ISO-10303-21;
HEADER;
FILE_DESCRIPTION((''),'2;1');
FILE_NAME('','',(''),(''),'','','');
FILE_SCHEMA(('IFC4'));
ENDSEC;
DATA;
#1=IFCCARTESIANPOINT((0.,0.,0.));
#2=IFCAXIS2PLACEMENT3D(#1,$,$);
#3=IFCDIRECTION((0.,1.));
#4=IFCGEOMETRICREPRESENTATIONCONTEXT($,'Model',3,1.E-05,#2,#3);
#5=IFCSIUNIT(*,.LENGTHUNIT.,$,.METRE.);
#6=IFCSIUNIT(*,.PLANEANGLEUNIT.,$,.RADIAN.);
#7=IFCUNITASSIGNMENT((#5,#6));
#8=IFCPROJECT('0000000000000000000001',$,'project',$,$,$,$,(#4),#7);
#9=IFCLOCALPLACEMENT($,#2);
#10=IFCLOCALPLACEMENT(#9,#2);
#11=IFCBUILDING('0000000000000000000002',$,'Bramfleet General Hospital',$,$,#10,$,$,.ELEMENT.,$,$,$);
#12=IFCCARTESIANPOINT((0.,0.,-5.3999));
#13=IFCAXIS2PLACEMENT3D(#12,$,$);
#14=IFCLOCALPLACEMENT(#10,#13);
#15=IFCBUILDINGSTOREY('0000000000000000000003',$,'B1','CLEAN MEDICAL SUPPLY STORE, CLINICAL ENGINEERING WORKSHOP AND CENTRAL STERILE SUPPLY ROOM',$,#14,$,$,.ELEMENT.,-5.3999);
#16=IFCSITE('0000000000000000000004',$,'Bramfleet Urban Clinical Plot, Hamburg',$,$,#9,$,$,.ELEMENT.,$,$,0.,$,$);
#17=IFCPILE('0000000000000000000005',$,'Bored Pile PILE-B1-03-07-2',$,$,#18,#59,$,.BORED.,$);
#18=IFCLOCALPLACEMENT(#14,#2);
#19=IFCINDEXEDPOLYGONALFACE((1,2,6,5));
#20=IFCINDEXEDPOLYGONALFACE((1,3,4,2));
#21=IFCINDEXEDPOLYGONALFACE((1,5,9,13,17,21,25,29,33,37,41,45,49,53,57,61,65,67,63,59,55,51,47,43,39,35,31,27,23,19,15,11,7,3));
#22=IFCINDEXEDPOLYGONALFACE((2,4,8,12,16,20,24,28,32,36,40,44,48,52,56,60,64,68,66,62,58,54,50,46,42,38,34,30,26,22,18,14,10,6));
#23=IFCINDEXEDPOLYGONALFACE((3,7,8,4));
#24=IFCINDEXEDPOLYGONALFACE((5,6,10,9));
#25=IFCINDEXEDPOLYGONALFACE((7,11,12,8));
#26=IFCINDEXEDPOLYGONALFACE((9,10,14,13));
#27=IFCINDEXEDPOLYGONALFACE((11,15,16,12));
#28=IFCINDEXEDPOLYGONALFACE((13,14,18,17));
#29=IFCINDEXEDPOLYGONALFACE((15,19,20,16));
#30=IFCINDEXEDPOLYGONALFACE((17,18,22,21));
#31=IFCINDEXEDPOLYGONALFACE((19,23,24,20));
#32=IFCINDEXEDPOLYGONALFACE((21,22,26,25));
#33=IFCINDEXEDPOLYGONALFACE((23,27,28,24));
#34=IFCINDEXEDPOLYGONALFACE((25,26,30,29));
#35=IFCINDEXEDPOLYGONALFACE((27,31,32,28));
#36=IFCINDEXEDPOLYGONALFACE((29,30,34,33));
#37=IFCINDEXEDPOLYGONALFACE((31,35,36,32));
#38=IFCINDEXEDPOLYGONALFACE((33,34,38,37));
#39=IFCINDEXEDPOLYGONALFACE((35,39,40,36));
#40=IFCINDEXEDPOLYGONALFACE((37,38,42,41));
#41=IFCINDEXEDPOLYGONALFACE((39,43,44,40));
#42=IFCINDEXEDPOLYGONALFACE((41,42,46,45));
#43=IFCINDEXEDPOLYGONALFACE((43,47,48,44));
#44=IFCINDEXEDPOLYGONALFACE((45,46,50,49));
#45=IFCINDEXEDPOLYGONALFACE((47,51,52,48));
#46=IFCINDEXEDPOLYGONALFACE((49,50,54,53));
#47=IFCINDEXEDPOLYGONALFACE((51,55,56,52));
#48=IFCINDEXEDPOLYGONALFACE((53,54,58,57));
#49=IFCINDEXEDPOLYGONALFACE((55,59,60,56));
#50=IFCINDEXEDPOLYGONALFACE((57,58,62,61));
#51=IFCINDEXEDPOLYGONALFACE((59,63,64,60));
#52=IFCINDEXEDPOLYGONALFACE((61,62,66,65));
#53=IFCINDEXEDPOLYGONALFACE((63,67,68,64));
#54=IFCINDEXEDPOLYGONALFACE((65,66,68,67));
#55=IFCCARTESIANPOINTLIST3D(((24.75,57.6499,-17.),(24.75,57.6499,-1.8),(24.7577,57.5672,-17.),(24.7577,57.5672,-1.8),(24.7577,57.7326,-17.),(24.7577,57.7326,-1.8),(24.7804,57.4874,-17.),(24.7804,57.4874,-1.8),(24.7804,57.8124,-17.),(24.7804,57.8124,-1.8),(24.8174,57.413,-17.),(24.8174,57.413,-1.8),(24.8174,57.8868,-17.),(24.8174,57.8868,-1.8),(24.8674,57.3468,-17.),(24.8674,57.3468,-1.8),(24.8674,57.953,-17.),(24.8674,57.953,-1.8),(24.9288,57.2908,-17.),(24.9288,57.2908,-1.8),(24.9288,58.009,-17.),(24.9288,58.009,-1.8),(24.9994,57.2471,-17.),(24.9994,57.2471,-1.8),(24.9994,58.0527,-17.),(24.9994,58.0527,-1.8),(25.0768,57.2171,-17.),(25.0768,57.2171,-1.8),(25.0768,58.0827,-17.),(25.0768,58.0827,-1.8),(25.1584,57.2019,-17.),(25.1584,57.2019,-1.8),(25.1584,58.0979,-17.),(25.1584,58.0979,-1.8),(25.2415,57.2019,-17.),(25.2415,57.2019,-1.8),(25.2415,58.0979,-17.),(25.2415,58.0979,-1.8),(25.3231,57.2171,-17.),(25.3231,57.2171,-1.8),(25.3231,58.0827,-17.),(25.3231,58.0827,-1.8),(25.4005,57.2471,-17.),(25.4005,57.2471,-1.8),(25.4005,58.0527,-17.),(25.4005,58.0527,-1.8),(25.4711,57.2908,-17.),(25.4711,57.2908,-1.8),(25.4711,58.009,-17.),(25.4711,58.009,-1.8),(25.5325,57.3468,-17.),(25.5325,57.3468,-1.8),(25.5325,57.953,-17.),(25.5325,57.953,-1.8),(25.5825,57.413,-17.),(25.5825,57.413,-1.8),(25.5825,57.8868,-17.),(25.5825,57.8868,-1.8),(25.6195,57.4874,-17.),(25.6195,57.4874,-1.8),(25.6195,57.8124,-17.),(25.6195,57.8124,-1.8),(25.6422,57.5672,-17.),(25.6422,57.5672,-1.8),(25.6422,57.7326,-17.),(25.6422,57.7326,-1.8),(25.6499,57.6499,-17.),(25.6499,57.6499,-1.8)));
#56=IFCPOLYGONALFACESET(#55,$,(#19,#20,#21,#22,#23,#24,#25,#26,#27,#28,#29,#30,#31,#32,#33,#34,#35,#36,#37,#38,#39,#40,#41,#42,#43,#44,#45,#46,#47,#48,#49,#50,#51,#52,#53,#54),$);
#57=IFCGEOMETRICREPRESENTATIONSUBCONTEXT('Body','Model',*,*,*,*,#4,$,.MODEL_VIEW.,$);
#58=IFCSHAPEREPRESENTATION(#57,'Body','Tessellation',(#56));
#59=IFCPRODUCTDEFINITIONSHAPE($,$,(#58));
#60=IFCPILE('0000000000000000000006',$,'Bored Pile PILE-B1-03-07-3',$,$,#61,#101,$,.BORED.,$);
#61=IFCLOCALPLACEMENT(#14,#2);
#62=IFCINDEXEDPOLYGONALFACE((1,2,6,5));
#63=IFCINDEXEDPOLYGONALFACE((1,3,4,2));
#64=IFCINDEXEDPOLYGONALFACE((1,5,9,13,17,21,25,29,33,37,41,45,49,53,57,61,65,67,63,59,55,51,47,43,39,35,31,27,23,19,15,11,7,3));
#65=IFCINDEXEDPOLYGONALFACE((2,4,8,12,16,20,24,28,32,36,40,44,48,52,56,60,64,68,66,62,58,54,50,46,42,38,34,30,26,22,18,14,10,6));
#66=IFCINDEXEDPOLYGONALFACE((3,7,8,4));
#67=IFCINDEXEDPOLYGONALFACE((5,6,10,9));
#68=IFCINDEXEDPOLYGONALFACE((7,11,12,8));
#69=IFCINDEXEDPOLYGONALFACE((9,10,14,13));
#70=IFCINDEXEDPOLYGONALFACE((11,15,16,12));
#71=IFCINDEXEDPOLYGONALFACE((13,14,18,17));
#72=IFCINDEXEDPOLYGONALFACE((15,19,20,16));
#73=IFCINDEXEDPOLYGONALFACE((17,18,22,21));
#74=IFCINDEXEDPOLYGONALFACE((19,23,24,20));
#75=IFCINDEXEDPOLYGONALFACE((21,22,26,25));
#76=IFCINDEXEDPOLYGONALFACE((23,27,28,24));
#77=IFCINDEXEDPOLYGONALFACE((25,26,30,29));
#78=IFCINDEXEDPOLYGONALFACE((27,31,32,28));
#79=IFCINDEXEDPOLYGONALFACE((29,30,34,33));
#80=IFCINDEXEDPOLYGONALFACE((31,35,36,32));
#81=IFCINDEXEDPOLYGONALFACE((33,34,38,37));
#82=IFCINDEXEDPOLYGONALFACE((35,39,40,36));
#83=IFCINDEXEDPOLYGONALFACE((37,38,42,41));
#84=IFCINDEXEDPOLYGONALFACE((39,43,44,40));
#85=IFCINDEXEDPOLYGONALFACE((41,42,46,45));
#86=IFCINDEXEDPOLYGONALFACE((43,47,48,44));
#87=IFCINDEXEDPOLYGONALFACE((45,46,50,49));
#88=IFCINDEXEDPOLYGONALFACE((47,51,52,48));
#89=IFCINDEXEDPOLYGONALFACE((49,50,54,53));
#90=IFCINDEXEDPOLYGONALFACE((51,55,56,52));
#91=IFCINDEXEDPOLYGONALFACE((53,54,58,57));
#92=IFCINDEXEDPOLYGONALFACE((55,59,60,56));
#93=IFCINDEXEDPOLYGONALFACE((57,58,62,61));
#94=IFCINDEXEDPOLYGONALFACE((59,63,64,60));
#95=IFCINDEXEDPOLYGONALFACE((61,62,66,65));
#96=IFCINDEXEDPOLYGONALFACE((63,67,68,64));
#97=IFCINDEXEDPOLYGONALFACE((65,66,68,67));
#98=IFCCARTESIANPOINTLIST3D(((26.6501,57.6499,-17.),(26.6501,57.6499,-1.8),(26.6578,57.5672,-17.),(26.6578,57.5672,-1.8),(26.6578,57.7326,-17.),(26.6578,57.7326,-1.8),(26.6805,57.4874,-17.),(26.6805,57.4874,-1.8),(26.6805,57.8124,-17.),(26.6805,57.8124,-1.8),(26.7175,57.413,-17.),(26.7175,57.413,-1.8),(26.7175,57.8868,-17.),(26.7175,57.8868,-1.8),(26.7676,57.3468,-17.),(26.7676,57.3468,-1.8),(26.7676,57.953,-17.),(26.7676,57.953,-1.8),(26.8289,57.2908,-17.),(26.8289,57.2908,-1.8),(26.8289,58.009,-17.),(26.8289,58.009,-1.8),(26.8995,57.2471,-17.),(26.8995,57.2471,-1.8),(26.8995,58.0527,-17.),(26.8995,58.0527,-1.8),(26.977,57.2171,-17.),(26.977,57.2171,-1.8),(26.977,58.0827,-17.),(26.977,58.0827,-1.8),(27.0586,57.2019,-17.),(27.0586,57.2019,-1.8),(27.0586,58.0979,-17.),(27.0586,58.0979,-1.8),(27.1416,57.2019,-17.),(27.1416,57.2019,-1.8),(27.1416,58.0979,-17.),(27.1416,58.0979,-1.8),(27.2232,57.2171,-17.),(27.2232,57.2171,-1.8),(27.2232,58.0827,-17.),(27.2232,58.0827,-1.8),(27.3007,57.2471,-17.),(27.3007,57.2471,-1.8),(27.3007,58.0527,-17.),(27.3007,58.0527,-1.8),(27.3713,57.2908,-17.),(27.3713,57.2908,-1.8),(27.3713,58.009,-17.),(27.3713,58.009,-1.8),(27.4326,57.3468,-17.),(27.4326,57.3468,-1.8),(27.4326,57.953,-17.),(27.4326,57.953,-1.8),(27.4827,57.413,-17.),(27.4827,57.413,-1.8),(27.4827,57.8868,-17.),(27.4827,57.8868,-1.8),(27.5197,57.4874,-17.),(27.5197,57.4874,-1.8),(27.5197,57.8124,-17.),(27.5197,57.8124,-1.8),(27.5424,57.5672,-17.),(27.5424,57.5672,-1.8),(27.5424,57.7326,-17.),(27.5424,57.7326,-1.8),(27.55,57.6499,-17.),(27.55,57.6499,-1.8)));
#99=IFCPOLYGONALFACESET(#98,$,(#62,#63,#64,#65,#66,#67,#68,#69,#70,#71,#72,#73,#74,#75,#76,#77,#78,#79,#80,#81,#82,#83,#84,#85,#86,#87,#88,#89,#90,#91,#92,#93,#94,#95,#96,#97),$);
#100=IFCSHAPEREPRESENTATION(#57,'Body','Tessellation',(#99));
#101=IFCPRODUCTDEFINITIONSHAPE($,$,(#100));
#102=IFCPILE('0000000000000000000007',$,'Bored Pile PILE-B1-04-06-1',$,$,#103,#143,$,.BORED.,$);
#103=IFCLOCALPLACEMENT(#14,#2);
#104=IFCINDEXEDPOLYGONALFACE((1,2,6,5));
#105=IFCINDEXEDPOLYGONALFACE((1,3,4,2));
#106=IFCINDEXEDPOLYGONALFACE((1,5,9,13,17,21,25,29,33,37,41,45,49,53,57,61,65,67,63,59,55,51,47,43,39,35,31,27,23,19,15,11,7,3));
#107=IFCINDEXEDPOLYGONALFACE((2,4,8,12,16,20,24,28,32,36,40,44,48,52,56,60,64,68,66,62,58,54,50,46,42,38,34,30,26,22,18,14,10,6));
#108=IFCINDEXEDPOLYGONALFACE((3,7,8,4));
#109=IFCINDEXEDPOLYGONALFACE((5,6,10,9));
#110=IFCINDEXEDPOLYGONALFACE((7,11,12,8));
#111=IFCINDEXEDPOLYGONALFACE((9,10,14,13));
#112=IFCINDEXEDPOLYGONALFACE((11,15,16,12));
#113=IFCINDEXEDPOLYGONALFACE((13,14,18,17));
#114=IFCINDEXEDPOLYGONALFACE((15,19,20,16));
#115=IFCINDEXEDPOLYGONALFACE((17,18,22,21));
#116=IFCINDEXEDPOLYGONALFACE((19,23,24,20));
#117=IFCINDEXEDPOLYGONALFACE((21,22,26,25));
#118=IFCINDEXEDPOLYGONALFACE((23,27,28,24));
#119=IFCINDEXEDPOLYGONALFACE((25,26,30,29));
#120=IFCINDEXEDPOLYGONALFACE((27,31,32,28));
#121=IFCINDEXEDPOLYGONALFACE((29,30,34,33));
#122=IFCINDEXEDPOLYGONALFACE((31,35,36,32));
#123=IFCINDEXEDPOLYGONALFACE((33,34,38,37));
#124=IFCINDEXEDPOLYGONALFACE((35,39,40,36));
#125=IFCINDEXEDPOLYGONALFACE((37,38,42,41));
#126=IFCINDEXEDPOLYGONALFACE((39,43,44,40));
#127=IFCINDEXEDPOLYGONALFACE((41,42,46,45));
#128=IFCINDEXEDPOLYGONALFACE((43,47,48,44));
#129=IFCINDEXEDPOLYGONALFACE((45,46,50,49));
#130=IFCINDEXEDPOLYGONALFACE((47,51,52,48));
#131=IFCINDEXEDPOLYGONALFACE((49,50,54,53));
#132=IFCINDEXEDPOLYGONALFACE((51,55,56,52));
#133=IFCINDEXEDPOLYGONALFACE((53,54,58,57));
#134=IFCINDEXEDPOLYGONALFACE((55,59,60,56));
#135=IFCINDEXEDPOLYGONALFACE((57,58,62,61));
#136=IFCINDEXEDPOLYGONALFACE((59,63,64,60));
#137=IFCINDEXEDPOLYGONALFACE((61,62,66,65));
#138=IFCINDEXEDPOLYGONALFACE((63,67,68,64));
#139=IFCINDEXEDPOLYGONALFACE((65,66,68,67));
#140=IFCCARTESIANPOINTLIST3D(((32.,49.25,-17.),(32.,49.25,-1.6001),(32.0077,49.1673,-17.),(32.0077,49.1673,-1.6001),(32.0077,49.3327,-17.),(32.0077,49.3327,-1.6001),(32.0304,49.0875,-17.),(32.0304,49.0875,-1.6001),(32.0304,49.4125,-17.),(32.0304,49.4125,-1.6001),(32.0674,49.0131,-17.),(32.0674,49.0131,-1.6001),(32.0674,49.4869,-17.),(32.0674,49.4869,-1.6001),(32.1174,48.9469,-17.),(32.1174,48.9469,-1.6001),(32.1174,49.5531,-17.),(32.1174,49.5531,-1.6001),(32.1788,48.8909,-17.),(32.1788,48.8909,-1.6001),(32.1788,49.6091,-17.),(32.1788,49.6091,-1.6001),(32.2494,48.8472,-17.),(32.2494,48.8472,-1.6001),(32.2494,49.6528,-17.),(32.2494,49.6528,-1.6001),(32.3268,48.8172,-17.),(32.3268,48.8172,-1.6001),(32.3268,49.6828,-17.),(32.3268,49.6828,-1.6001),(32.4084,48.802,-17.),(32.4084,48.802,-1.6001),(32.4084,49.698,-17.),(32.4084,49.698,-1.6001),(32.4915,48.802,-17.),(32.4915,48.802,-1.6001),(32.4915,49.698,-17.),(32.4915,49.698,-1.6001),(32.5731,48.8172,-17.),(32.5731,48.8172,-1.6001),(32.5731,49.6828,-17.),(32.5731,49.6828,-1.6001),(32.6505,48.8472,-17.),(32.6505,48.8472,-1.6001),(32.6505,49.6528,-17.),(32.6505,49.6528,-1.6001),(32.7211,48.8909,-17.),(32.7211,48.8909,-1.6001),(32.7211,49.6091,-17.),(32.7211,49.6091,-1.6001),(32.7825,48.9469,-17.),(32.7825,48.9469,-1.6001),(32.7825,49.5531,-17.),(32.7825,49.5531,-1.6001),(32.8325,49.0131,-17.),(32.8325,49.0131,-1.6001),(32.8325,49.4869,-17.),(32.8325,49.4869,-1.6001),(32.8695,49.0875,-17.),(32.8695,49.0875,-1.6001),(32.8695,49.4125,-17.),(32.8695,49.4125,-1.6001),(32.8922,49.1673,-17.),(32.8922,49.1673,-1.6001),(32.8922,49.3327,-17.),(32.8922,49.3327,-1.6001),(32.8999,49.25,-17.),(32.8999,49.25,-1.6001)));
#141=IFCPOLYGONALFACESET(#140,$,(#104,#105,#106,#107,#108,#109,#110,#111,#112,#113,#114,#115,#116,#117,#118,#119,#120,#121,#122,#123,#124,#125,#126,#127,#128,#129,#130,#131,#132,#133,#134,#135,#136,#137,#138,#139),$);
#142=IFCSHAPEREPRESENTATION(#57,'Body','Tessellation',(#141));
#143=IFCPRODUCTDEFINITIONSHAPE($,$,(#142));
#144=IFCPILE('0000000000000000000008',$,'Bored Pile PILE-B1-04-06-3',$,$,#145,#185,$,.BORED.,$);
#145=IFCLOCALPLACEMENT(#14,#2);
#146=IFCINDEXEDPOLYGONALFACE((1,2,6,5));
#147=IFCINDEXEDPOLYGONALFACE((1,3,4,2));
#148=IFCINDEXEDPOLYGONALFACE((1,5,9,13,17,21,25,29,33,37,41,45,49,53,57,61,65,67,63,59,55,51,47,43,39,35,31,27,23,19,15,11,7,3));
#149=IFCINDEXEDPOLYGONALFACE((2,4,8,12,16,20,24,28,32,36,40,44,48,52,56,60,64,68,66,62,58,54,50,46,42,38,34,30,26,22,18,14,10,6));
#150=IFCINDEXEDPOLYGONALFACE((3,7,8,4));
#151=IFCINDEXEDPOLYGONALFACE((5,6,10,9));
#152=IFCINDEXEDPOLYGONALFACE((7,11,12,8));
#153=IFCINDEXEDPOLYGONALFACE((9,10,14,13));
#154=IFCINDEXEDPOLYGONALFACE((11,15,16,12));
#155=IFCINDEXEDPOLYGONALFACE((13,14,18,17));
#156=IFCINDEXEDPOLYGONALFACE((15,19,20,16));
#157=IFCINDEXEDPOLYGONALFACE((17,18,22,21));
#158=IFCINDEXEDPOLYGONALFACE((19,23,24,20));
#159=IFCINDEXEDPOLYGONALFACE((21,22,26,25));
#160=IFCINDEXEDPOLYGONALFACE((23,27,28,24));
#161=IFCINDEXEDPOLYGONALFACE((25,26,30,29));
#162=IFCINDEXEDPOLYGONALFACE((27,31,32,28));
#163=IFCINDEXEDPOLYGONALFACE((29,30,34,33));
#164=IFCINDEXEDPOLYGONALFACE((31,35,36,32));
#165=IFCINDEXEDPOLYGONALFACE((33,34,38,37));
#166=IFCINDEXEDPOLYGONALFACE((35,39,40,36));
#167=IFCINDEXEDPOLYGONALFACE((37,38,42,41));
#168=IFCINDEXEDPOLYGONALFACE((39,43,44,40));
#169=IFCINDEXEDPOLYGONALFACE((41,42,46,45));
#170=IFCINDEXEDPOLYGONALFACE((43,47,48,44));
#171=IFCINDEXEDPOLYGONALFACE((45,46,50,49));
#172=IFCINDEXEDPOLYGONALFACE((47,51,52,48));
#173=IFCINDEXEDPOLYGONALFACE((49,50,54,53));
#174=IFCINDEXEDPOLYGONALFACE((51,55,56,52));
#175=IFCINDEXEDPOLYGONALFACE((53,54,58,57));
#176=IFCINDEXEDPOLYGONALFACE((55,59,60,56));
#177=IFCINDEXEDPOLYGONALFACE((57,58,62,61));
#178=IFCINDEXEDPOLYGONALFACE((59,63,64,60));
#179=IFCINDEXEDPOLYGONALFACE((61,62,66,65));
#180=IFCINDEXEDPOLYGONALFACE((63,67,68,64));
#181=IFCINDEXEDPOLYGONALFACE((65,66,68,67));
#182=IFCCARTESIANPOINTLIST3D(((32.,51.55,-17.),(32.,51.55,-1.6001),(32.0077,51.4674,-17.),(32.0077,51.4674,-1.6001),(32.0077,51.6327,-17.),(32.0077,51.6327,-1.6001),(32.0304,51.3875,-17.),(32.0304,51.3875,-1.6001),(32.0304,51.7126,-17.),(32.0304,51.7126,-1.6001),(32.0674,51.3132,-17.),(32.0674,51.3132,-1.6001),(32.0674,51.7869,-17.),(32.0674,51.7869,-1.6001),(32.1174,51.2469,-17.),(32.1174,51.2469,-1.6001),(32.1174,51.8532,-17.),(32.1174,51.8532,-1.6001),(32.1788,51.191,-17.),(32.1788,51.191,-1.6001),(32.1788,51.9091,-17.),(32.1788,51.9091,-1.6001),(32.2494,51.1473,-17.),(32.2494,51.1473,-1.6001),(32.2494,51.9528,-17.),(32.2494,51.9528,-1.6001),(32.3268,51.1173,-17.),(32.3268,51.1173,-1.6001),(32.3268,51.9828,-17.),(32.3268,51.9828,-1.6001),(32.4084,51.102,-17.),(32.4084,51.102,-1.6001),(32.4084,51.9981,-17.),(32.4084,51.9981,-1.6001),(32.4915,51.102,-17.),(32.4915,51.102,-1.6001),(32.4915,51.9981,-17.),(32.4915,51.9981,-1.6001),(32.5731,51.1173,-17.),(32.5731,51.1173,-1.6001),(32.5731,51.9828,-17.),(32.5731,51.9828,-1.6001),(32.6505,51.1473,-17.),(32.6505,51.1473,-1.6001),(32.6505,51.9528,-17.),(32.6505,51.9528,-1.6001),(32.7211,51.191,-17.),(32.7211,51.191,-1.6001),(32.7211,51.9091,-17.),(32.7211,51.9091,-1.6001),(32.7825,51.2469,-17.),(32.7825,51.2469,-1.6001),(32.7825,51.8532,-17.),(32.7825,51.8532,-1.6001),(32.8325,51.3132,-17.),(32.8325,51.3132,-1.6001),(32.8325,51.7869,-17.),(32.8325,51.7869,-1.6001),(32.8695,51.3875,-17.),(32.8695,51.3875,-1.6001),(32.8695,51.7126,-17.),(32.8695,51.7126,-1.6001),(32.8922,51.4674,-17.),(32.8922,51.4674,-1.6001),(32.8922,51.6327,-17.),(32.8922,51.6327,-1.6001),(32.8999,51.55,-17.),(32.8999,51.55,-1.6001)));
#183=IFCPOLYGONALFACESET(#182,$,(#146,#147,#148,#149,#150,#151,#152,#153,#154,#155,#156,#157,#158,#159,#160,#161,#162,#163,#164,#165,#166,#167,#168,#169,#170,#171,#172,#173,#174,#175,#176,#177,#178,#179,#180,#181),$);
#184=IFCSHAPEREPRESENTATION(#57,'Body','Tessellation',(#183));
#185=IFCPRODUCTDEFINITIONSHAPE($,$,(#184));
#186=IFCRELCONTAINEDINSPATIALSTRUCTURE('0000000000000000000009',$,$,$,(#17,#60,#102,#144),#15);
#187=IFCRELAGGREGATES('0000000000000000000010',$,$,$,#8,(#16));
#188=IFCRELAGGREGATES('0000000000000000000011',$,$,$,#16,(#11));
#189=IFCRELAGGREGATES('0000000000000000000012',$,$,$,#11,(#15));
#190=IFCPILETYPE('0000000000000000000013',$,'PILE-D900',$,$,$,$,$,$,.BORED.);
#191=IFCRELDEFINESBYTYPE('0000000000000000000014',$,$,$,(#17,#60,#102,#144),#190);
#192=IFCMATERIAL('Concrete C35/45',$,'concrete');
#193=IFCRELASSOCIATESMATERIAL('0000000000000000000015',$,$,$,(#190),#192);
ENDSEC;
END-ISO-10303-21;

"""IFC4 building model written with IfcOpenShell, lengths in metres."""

from ifc_helpers import new_model, si_unit, direction, frame, origin, origin_2d, place, context, subcontext, project, spatial, circle, extrude, material, material_profile, profile_set, type_object, element, save


model = new_model("IFC4")

# Units and contexts
model_context = context("Model", 3, precision=1e-05, world=origin(), true_north=direction((0.0, 1.0)))
body_context = subcontext(model_context, "Body", "Model", "MODEL_VIEW")
ifc_project = project(units=[si_unit("LENGTHUNIT", "METRE"), si_unit("PLANEANGLEUNIT", "RADIAN")], contexts=[model_context])

# Site, building, storey
site_placement = place(None, origin())
site = spatial("IfcSite", under=ifc_project, at=site_placement, Name="Bramfleet Urban Clinical Plot, Hamburg", CompositionType="ELEMENT", RefElevation=0.0)
building_placement = place(site_placement, origin())
building = spatial("IfcBuilding", under=site, at=building_placement, Name="Bramfleet General Hospital", CompositionType="ELEMENT")
storey_placement = place(building_placement, frame((0.0, 0.0, -5.3999)))
storey = spatial("IfcBuildingStorey", under=building, at=storey_placement, Name="B1", Description="CLEAN MEDICAL SUPPLY STORE, CLINICAL ENGINEERING WORKSHOP AND CENTRAL STERILE SUPPLY ROOM", CompositionType="ELEMENT", Elevation=-5.3999)

# Shared definitions
ifc_material_1 = material(Name="Concrete C35/45", Category="concrete")

# Piles
ifc_material_profile_1 = material_profile(ifc_material_1, circle(Radius=0.45, at=origin_2d()), Name="PILE BORED D900")
ifc_profile_set_1 = profile_set([ifc_material_profile_1], Name="Concrete C35/45")
pile_type_1 = type_object("IfcPileType", Name="PILE-D900", PredefinedType="BORED", material=ifc_profile_set_1)
for number, where, z_axis, x_axis, name in (
    (1, (25.2, 57.6499, -1.8), (0.0, 0.0, -1.0), (1.0, 0.0, 0.0), "Bored Pile PILE-B1-03-07-2"),
    (2, (27.1001, 57.6499, -1.8), (0.0, 0.0, -1.0), (1.0, 0.0, 0.0), "Bored Pile PILE-B1-03-07-3"),
):
    element("IfcPile", number, at=place(storey_placement, frame(where, z_axis=z_axis, x_axis=x_axis)), inside=storey, type_object=pile_type_1, Name=name, PredefinedType="BORED", context=body_context, shape_type="SweptSolid", body=[
        extrude(circle(Radius=0.45, at=origin_2d()), origin(), (0.0, 0.0, 1.0), 15.2),
    ])
for number, where, z_axis, x_axis, name in (
    (3, (32.45, 49.25, -1.6001), (0.0, 0.0, -1.0), (1.0, 0.0, 0.0), "Bored Pile PILE-B1-04-06-1"),
    (4, (32.45, 51.55, -1.6001), (0.0, 0.0, -1.0), (1.0, 0.0, 0.0), "Bored Pile PILE-B1-04-06-3"),
):
    element("IfcPile", number, at=place(storey_placement, frame(where, z_axis=z_axis, x_axis=x_axis)), inside=storey, type_object=pile_type_1, Name=name, PredefinedType="BORED", context=body_context, shape_type="SweptSolid", body=[
        extrude(circle(Radius=0.45, at=origin_2d()), origin(), (0.0, 0.0, 1.0), 15.3999),
    ])

save(model, "model.ifc")
